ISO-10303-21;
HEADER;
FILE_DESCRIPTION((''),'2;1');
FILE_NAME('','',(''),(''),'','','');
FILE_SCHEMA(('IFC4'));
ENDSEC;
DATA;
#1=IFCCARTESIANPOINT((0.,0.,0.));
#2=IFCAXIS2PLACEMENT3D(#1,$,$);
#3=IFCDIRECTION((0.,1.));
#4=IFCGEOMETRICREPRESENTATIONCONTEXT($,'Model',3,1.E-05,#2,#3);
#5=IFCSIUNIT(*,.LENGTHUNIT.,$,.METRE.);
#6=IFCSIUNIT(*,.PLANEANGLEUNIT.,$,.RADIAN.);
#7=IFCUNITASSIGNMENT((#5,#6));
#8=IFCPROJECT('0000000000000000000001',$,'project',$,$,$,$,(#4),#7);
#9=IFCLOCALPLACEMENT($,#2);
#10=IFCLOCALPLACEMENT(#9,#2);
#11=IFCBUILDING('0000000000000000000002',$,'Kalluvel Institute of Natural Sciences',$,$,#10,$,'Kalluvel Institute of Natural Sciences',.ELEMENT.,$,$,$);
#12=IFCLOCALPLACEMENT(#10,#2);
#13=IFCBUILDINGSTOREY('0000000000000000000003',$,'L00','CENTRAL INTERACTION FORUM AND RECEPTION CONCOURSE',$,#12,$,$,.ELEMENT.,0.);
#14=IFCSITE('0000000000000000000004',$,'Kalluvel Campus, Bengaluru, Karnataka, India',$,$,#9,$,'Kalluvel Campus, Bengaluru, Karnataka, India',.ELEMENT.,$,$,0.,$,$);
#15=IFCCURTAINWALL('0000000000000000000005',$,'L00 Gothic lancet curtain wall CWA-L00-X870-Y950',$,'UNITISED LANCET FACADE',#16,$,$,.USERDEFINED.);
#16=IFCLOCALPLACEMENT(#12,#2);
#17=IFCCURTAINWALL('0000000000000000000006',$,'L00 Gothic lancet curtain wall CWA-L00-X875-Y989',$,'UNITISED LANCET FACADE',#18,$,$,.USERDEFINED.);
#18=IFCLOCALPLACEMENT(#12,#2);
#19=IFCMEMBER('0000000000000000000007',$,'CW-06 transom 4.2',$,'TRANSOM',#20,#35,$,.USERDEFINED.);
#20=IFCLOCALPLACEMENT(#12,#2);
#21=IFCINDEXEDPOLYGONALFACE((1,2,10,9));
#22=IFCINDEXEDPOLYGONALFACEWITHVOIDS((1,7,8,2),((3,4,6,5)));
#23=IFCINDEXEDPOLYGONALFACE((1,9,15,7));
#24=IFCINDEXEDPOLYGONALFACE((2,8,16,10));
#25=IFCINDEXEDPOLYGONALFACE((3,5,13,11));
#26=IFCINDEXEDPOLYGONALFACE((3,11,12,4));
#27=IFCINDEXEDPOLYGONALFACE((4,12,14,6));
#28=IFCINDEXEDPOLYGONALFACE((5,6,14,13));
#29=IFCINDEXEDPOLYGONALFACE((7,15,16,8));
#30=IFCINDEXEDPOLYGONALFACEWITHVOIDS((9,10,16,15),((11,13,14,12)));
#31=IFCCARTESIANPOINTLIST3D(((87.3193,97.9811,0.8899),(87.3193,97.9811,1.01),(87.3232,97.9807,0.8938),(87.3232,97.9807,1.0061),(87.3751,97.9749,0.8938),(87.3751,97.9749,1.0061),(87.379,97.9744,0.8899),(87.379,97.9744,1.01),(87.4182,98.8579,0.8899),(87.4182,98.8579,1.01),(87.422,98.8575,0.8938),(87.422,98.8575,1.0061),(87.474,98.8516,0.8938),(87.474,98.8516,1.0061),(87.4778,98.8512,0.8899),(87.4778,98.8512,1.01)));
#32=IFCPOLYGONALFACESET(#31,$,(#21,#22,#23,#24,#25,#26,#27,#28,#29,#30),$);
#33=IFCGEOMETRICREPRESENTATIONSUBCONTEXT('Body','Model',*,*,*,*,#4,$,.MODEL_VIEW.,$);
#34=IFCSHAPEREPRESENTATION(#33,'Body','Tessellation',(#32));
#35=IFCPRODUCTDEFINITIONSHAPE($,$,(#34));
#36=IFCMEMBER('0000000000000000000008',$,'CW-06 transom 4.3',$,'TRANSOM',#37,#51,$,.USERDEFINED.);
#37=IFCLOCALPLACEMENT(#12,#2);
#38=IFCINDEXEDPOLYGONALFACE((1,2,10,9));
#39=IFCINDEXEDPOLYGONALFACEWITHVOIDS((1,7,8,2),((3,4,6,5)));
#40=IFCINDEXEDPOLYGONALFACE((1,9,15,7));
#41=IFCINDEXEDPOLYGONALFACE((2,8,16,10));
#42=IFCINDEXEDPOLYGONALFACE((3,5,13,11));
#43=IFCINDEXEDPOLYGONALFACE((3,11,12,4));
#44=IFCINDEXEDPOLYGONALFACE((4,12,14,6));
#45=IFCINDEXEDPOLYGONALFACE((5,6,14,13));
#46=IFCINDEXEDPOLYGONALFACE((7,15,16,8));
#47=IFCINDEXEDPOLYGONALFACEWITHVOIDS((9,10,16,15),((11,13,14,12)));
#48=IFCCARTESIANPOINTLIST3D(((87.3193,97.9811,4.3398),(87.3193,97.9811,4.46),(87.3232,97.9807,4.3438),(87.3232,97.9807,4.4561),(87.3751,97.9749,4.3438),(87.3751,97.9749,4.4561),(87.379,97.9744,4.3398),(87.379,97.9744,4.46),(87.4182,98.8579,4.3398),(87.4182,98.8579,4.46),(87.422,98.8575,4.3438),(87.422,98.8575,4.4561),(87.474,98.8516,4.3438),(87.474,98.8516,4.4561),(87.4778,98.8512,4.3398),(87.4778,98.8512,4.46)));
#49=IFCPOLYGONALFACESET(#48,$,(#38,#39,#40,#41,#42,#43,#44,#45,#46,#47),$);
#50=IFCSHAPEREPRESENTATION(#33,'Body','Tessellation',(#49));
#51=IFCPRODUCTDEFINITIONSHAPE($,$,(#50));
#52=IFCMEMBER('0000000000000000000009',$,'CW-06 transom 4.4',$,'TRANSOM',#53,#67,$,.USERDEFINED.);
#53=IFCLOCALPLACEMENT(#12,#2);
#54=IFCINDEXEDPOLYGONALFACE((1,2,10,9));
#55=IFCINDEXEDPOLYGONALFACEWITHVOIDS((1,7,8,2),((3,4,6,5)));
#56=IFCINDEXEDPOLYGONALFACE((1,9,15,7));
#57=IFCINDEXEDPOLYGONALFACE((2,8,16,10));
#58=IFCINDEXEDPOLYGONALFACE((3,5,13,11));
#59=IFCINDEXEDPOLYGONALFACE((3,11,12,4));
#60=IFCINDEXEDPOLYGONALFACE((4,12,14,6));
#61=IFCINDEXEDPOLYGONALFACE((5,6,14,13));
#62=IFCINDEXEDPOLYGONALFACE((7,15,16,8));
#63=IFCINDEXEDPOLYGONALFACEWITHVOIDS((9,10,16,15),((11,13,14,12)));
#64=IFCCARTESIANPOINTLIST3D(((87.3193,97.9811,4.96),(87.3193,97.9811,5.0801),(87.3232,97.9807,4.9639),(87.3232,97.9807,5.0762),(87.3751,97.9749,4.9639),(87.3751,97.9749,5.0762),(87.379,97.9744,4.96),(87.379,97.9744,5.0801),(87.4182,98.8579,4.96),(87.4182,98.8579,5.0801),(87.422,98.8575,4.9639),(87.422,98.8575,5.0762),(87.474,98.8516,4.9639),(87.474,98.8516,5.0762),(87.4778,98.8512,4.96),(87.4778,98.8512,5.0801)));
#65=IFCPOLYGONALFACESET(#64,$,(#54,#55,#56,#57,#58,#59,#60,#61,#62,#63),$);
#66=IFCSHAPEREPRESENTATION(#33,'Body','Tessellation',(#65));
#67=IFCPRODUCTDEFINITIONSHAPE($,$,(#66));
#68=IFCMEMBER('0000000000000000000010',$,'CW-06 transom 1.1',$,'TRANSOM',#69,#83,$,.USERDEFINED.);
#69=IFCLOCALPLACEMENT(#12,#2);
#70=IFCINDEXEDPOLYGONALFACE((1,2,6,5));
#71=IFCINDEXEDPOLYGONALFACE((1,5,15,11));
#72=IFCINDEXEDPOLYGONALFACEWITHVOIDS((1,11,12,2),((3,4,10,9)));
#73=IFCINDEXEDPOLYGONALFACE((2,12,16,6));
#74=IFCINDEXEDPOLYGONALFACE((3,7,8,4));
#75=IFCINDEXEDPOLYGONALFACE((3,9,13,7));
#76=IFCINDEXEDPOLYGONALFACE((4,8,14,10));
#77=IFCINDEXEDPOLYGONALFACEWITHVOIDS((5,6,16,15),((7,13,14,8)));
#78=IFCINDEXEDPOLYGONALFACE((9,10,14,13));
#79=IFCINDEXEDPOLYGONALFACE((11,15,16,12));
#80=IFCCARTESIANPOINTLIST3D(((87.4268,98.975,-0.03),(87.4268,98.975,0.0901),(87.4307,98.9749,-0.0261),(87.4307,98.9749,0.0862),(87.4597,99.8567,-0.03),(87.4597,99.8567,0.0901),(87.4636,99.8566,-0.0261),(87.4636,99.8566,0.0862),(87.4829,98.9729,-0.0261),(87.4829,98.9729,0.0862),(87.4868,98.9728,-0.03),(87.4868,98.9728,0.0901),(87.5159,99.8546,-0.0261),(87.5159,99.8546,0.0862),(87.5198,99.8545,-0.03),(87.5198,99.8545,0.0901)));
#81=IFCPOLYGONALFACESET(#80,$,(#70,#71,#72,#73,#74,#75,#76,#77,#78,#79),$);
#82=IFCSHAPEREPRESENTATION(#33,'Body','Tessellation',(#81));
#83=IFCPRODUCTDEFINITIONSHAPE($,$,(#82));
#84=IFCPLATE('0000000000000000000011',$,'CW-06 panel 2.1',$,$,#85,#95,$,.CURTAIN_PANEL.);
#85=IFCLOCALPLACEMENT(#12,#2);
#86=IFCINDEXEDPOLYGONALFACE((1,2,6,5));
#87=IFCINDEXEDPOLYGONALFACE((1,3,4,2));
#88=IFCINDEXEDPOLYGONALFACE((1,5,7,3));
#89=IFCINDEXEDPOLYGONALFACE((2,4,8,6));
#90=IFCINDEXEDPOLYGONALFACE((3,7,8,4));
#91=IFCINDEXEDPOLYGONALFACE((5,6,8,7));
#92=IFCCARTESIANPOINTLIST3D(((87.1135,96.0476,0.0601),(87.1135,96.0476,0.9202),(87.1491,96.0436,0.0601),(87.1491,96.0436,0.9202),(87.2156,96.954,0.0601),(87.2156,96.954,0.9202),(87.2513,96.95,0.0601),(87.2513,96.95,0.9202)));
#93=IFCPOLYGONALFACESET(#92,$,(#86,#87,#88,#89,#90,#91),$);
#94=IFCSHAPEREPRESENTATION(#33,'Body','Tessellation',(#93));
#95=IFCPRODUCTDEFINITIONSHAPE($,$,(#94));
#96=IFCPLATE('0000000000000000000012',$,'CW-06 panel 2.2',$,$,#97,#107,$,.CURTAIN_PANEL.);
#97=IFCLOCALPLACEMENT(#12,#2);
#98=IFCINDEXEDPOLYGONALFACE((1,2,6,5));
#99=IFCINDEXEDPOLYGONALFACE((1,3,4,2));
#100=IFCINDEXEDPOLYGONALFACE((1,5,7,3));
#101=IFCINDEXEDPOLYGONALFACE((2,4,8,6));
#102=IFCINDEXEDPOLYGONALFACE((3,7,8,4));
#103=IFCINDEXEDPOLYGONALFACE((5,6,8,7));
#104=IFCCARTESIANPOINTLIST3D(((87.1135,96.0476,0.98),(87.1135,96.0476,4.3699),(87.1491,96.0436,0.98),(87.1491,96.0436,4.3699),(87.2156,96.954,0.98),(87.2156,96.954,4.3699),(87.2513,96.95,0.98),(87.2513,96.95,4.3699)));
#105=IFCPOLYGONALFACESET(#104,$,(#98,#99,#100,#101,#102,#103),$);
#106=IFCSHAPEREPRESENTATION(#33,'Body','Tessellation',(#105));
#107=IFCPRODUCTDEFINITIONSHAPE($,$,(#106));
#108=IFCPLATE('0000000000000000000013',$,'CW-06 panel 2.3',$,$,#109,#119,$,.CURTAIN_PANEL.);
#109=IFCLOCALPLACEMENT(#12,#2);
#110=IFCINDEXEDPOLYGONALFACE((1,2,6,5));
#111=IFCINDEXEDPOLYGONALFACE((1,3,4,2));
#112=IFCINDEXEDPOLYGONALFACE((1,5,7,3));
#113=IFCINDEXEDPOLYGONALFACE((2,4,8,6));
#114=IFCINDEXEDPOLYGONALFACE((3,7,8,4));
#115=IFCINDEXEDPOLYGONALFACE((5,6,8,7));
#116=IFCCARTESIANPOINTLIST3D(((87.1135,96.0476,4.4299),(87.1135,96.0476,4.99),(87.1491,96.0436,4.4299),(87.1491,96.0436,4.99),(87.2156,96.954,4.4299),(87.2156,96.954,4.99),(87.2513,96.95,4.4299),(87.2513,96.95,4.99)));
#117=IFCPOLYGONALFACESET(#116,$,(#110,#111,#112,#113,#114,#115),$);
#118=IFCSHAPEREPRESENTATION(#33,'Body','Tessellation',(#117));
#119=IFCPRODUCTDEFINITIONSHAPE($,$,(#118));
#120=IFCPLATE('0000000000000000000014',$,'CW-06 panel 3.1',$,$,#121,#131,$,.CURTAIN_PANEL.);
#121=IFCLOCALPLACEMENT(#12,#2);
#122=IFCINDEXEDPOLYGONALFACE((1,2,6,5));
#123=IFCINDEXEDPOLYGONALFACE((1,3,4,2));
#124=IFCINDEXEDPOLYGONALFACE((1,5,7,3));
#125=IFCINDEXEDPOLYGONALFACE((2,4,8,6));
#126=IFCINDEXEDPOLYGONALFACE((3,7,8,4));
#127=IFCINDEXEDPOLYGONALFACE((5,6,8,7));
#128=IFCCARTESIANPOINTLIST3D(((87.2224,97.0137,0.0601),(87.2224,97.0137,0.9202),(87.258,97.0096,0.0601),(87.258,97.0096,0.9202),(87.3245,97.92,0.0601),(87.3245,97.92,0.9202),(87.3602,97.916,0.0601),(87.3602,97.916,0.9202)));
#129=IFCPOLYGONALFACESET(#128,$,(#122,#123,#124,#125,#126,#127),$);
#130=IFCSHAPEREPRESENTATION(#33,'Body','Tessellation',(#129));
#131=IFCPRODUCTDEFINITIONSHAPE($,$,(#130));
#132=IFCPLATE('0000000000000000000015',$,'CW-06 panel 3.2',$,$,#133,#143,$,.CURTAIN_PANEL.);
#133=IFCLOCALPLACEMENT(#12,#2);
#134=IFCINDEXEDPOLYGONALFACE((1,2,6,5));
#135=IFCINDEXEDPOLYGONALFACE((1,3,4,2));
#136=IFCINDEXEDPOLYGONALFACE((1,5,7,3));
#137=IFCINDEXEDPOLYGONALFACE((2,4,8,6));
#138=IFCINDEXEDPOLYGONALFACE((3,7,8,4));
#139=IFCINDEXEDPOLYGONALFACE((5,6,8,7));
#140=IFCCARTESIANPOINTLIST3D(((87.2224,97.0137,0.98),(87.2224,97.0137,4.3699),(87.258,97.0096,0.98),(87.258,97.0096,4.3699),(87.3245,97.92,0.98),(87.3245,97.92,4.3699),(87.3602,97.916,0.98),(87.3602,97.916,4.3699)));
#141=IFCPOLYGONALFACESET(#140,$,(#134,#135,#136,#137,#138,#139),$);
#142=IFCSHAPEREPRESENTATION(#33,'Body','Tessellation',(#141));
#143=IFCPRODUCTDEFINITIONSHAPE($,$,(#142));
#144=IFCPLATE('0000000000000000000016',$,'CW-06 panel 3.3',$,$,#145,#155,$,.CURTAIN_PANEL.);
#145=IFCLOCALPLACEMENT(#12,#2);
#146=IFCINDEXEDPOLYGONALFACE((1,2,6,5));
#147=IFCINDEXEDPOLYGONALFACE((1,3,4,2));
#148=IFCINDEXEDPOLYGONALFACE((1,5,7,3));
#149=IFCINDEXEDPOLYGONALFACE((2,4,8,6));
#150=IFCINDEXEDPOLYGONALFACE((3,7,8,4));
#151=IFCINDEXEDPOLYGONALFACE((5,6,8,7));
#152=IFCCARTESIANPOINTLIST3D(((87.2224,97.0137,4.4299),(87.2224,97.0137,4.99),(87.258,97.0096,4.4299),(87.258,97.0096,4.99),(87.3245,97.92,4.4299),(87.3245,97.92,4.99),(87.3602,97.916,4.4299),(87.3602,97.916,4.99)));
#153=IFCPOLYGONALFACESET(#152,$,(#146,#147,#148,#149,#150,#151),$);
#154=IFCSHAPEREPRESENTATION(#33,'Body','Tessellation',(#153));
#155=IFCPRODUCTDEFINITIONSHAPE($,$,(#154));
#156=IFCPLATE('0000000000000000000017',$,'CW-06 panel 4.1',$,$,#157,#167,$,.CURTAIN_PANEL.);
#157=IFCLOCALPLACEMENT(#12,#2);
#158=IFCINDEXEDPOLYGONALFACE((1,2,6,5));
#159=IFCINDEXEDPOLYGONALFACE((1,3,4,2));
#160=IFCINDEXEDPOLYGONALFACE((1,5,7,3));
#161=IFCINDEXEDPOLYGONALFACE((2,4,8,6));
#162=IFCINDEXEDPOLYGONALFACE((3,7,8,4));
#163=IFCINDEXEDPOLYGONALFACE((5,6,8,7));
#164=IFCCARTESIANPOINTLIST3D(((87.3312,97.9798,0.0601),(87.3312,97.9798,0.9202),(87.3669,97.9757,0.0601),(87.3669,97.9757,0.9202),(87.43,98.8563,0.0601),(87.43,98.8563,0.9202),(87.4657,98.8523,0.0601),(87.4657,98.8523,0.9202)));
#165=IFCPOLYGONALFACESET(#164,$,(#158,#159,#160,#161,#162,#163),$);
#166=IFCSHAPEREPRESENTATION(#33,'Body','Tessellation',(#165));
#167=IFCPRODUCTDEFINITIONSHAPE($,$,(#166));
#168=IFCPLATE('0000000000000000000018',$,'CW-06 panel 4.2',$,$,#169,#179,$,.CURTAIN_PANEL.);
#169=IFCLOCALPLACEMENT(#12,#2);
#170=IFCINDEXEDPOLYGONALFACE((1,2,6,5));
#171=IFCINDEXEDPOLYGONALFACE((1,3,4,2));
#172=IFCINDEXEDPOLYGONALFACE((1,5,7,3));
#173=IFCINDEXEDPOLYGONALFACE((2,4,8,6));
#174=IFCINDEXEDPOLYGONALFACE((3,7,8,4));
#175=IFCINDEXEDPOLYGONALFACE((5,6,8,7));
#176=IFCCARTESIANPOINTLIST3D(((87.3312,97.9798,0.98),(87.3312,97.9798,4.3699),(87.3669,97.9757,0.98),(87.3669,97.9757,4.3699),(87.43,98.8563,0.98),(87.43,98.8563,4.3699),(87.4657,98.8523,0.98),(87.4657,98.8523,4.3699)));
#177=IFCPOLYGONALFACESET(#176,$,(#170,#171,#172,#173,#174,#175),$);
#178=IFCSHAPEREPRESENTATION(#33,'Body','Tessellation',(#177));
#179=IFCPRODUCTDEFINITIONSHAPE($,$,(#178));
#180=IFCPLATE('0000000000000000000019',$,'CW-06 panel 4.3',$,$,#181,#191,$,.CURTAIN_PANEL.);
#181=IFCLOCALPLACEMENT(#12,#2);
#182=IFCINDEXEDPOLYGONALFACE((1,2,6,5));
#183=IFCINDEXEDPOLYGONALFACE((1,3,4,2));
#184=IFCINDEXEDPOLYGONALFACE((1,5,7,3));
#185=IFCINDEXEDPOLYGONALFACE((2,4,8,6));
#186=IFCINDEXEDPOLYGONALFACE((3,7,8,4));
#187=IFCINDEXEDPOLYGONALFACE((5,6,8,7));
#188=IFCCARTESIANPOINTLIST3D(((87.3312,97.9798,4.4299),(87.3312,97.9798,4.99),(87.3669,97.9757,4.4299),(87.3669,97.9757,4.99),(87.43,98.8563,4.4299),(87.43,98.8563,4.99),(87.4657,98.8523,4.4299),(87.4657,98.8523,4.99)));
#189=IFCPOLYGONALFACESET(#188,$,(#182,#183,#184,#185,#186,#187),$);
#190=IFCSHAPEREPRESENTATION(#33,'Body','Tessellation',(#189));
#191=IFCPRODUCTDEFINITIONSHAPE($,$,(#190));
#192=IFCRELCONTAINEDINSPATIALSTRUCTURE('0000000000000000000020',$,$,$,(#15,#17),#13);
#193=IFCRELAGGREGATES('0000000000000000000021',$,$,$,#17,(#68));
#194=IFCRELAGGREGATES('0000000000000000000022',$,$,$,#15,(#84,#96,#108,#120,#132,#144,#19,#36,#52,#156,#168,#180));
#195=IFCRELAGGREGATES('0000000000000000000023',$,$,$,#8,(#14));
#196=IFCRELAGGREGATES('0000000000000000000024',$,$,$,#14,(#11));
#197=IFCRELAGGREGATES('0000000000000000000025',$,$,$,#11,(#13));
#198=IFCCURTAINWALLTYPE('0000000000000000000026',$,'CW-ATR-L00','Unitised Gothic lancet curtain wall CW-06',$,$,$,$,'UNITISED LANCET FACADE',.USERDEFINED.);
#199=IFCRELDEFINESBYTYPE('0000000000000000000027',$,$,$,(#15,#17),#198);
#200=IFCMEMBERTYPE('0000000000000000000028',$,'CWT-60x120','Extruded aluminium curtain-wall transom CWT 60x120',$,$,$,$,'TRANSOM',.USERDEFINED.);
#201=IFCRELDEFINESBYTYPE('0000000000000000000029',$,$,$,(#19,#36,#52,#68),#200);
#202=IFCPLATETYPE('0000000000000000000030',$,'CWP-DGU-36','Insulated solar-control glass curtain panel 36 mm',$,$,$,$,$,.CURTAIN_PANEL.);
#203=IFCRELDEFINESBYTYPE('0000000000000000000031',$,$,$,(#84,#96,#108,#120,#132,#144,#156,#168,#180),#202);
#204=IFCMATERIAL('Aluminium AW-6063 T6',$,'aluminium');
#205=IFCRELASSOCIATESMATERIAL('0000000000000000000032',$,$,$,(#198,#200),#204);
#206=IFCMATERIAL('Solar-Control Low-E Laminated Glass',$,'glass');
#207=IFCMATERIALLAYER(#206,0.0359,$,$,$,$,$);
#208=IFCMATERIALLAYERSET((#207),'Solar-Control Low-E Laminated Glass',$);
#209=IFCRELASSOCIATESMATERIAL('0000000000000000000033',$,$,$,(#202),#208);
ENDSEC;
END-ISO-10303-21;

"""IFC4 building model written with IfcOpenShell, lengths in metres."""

from ifc_helpers import new_model, si_unit, direction, frame, origin, origin_2d, place, context, subcontext, project, spatial, rectangle, hollow_rectangle, extrude, material, layer, layer_set, material_profile, profile_set, type_object, element, aggregate, save


model = new_model("IFC4")

# Units and contexts
model_context = context("Model", 3, precision=1e-05, world=origin(), true_north=direction((0.0, 1.0)))
body_context = subcontext(model_context, "Body", "Model", "MODEL_VIEW")
ifc_project = project(units=[si_unit("LENGTHUNIT", "METRE"), si_unit("PLANEANGLEUNIT", "RADIAN")], contexts=[model_context])

# Site, building, storey
site_placement = place(None, origin())
site = spatial("IfcSite", under=ifc_project, at=site_placement, Name="Kalluvel Campus, Bengaluru, Karnataka, India", LongName="Kalluvel Campus, Bengaluru, Karnataka, India", CompositionType="ELEMENT", RefElevation=0.0)
building_placement = place(site_placement, origin())
building = spatial("IfcBuilding", under=site, at=building_placement, Name="Kalluvel Institute of Natural Sciences", LongName="Kalluvel Institute of Natural Sciences", CompositionType="ELEMENT")
storey_placement = place(building_placement, origin())
storey = spatial("IfcBuildingStorey", under=building, at=storey_placement, Name="L00", Description="CENTRAL INTERACTION FORUM AND RECEPTION CONCOURSE", CompositionType="ELEMENT", Elevation=0.0)

# Curtain wall
ifc_material_1 = material(Name="Aluminium AW-6063 T6", Category="aluminium")
curtain_wall_type = type_object("IfcCurtainWallType", Name="CW-ATR-L00", Description="Unitised Gothic lancet curtain wall CW-06", ElementType="UNITISED LANCET FACADE", PredefinedType="USERDEFINED", material=ifc_material_1)
curtain_wall_1_placement = place(storey_placement, origin())
curtain_wall_1 = element("IfcCurtainWall", 1, at=curtain_wall_1_placement, inside=storey, type_object=curtain_wall_type, Name="L00 Gothic lancet curtain wall CWA-L00-X870-Y950", ObjectType="UNITISED LANCET FACADE", PredefinedType="USERDEFINED")

# Curtain wall
curtain_wall_2_placement = place(storey_placement, origin())
curtain_wall_2 = element("IfcCurtainWall", 2, at=curtain_wall_2_placement, inside=storey, type_object=curtain_wall_type, Name="L00 Gothic lancet curtain wall CWA-L00-X875-Y989", ObjectType="UNITISED LANCET FACADE", PredefinedType="USERDEFINED")

# Members
ifc_material_profile_1 = material_profile(ifc_material_1, hollow_rectangle(XDim=0.0601, YDim=0.1201, WallThickness=0.0039, at=origin_2d()), Name="CWT 60x120")
ifc_profile_set_1 = profile_set([ifc_material_profile_1], Name="Aluminium AW-6063 T6")
member_type_1 = type_object("IfcMemberType", Name="CWT-60x120", Description="Extruded aluminium curtain-wall transom CWT 60x120", ElementType="TRANSOM", PredefinedType="USERDEFINED", material=ifc_profile_set_1)
member_1_placement = place(storey_placement, frame((87.3491, 97.9778, 0.95), z_axis=(0.112071, 0.9937, 0.0), x_axis=(-0.9937, 0.112071, 0.0)))
member_1 = element("IfcMember", 3, at=member_1_placement, type_object=member_type_1, Name="CW-06 transom 4.2", ObjectType="TRANSOM", PredefinedType="USERDEFINED", context=body_context, shape_type="SweptSolid", body=[
    extrude(hollow_rectangle(XDim=0.0601, YDim=0.1201, WallThickness=0.0039, at=origin_2d()), origin(), (0.0, 0.0, 1.0), 0.8823),
])
member_2_placement = place(storey_placement, frame((87.3491, 97.9778, 4.3999), z_axis=(0.112071, 0.9937, 0.0), x_axis=(-0.9937, 0.112071, 0.0)))
member_2 = element("IfcMember", 4, at=member_2_placement, type_object=member_type_1, Name="CW-06 transom 4.3", ObjectType="TRANSOM", PredefinedType="USERDEFINED", context=body_context, shape_type="SweptSolid", body=[
    extrude(hollow_rectangle(XDim=0.0601, YDim=0.1201, WallThickness=0.0039, at=origin_2d()), origin(), (0.0, 0.0, 1.0), 0.8823),
])
member_3_placement = place(storey_placement, frame((87.3491, 97.9778, 5.02), z_axis=(0.112071, 0.9937, 0.0), x_axis=(-0.9937, 0.112071, 0.0)))
member_3 = element("IfcMember", 5, at=member_3_placement, type_object=member_type_1, Name="CW-06 transom 4.4", ObjectType="TRANSOM", PredefinedType="USERDEFINED", context=body_context, shape_type="SweptSolid", body=[
    extrude(hollow_rectangle(XDim=0.0601, YDim=0.1201, WallThickness=0.0039, at=origin_2d()), origin(), (0.0, 0.0, 1.0), 0.8823),
])
member_4_placement = place(storey_placement, frame((87.4568, 98.9739, 0.03), z_axis=(0.03736, 0.999302, 0.0), x_axis=(-0.999302, 0.03736, 0.0)))
member_4 = element("IfcMember", 6, at=member_4_placement, type_object=member_type_1, Name="CW-06 transom 1.1", ObjectType="TRANSOM", PredefinedType="USERDEFINED", context=body_context, shape_type="SweptSolid", body=[
    extrude(hollow_rectangle(XDim=0.0601, YDim=0.1201, WallThickness=0.0039, at=origin_2d()), origin(), (0.0, 0.0, 1.0), 0.8823),
])
aggregate(curtain_wall_2, [member_4])

# Plates
ifc_material_2 = material(Name="Solar-Control Low-E Laminated Glass", Category="glass")
ifc_layer = layer(ifc_material_2, 0.0359)
ifc_layer_set = layer_set([ifc_layer], Name="Solar-Control Low-E Laminated Glass")
plate_type = type_object("IfcPlateType", Name="CWP-DGU-36", Description="Insulated solar-control glass curtain panel 36 mm", PredefinedType="CURTAIN_PANEL", material=ifc_layer_set)
plate_1_placement = place(storey_placement, frame((87.1824, 96.4988, 0.0601), z_axis=(0.0, 0.0, 1.0), x_axis=(0.111967, 0.993712, 0.0)))
plate_1 = element("IfcPlate", 7, at=plate_1_placement, type_object=plate_type, Name="CW-06 panel 2.1", PredefinedType="CURTAIN_PANEL", context=body_context, shape_type="SweptSolid", body=[
    extrude(rectangle(XDim=0.9121, YDim=0.0359, at=origin_2d()), origin(), (0.0, 0.0, 1.0), 0.8601),
])
plate_2_placement = place(storey_placement, frame((87.1824, 96.4988, 0.98), z_axis=(0.0, 0.0, 1.0), x_axis=(0.111967, 0.993712, 0.0)))
plate_2 = element("IfcPlate", 8, at=plate_2_placement, type_object=plate_type, Name="CW-06 panel 2.2", PredefinedType="CURTAIN_PANEL", context=body_context, shape_type="SweptSolid", body=[
    extrude(rectangle(XDim=0.9121, YDim=0.0359, at=origin_2d()), origin(), (0.0, 0.0, 1.0), 3.3899),
])
plate_3_placement = place(storey_placement, frame((87.1824, 96.4988, 4.4299), z_axis=(0.0, 0.0, 1.0), x_axis=(0.111967, 0.993712, 0.0)))
plate_3 = element("IfcPlate", 9, at=plate_3_placement, type_object=plate_type, Name="CW-06 panel 2.3", PredefinedType="CURTAIN_PANEL", context=body_context, shape_type="SweptSolid", body=[
    extrude(rectangle(XDim=0.9121, YDim=0.0359, at=origin_2d()), origin(), (0.0, 0.0, 1.0), 0.5601),
])
plate_4_placement = place(storey_placement, frame((87.2913, 97.4648, 0.0601), z_axis=(0.0, 0.0, 1.0), x_axis=(0.111967, 0.993712, 0.0)))
plate_4 = element("IfcPlate", 10, at=plate_4_placement, type_object=plate_type, Name="CW-06 panel 3.1", PredefinedType="CURTAIN_PANEL", context=body_context, shape_type="SweptSolid", body=[
    extrude(rectangle(XDim=0.9121, YDim=0.0359, at=origin_2d()), origin(), (0.0, 0.0, 1.0), 0.8601),
])
plate_5_placement = place(storey_placement, frame((87.2913, 97.4648, 0.98), z_axis=(0.0, 0.0, 1.0), x_axis=(0.111967, 0.993712, 0.0)))
plate_5 = element("IfcPlate", 11, at=plate_5_placement, type_object=plate_type, Name="CW-06 panel 3.2", PredefinedType="CURTAIN_PANEL", context=body_context, shape_type="SweptSolid", body=[
    extrude(rectangle(XDim=0.9121, YDim=0.0359, at=origin_2d()), origin(), (0.0, 0.0, 1.0), 3.3899),
])
plate_6_placement = place(storey_placement, frame((87.2913, 97.4648, 4.4299), z_axis=(0.0, 0.0, 1.0), x_axis=(0.111967, 0.993712, 0.0)))
plate_6 = element("IfcPlate", 12, at=plate_6_placement, type_object=plate_type, Name="CW-06 panel 3.3", PredefinedType="CURTAIN_PANEL", context=body_context, shape_type="SweptSolid", body=[
    extrude(rectangle(XDim=0.9121, YDim=0.0359, at=origin_2d()), origin(), (0.0, 0.0, 1.0), 0.5601),
])
plate_7_placement = place(storey_placement, frame((87.3984, 98.416, 0.0601), z_axis=(0.0, 0.0, 1.0), x_axis=(0.111967, 0.993712, 0.0)))
plate_7 = element("IfcPlate", 13, at=plate_7_placement, type_object=plate_type, Name="CW-06 panel 4.1", PredefinedType="CURTAIN_PANEL", context=body_context, shape_type="SweptSolid", body=[
    extrude(rectangle(XDim=0.8821, YDim=0.0359, at=origin_2d()), origin(), (0.0, 0.0, 1.0), 0.8601),
])
plate_8_placement = place(storey_placement, frame((87.3984, 98.416, 0.98), z_axis=(0.0, 0.0, 1.0), x_axis=(0.111967, 0.993712, 0.0)))
plate_8 = element("IfcPlate", 14, at=plate_8_placement, type_object=plate_type, Name="CW-06 panel 4.2", PredefinedType="CURTAIN_PANEL", context=body_context, shape_type="SweptSolid", body=[
    extrude(rectangle(XDim=0.8821, YDim=0.0359, at=origin_2d()), origin(), (0.0, 0.0, 1.0), 3.3899),
])
plate_9_placement = place(storey_placement, frame((87.3984, 98.416, 4.4299), z_axis=(0.0, 0.0, 1.0), x_axis=(0.111967, 0.993712, 0.0)))
plate_9 = element("IfcPlate", 15, at=plate_9_placement, type_object=plate_type, Name="CW-06 panel 4.3", PredefinedType="CURTAIN_PANEL", context=body_context, shape_type="SweptSolid", body=[
    extrude(rectangle(XDim=0.8821, YDim=0.0359, at=origin_2d()), origin(), (0.0, 0.0, 1.0), 0.5601),
])
aggregate(curtain_wall_1, [plate_1, plate_2, plate_3, plate_4, plate_5, plate_6, member_1, member_2, member_3, plate_7, plate_8, plate_9])

save(model, "model.ifc")
